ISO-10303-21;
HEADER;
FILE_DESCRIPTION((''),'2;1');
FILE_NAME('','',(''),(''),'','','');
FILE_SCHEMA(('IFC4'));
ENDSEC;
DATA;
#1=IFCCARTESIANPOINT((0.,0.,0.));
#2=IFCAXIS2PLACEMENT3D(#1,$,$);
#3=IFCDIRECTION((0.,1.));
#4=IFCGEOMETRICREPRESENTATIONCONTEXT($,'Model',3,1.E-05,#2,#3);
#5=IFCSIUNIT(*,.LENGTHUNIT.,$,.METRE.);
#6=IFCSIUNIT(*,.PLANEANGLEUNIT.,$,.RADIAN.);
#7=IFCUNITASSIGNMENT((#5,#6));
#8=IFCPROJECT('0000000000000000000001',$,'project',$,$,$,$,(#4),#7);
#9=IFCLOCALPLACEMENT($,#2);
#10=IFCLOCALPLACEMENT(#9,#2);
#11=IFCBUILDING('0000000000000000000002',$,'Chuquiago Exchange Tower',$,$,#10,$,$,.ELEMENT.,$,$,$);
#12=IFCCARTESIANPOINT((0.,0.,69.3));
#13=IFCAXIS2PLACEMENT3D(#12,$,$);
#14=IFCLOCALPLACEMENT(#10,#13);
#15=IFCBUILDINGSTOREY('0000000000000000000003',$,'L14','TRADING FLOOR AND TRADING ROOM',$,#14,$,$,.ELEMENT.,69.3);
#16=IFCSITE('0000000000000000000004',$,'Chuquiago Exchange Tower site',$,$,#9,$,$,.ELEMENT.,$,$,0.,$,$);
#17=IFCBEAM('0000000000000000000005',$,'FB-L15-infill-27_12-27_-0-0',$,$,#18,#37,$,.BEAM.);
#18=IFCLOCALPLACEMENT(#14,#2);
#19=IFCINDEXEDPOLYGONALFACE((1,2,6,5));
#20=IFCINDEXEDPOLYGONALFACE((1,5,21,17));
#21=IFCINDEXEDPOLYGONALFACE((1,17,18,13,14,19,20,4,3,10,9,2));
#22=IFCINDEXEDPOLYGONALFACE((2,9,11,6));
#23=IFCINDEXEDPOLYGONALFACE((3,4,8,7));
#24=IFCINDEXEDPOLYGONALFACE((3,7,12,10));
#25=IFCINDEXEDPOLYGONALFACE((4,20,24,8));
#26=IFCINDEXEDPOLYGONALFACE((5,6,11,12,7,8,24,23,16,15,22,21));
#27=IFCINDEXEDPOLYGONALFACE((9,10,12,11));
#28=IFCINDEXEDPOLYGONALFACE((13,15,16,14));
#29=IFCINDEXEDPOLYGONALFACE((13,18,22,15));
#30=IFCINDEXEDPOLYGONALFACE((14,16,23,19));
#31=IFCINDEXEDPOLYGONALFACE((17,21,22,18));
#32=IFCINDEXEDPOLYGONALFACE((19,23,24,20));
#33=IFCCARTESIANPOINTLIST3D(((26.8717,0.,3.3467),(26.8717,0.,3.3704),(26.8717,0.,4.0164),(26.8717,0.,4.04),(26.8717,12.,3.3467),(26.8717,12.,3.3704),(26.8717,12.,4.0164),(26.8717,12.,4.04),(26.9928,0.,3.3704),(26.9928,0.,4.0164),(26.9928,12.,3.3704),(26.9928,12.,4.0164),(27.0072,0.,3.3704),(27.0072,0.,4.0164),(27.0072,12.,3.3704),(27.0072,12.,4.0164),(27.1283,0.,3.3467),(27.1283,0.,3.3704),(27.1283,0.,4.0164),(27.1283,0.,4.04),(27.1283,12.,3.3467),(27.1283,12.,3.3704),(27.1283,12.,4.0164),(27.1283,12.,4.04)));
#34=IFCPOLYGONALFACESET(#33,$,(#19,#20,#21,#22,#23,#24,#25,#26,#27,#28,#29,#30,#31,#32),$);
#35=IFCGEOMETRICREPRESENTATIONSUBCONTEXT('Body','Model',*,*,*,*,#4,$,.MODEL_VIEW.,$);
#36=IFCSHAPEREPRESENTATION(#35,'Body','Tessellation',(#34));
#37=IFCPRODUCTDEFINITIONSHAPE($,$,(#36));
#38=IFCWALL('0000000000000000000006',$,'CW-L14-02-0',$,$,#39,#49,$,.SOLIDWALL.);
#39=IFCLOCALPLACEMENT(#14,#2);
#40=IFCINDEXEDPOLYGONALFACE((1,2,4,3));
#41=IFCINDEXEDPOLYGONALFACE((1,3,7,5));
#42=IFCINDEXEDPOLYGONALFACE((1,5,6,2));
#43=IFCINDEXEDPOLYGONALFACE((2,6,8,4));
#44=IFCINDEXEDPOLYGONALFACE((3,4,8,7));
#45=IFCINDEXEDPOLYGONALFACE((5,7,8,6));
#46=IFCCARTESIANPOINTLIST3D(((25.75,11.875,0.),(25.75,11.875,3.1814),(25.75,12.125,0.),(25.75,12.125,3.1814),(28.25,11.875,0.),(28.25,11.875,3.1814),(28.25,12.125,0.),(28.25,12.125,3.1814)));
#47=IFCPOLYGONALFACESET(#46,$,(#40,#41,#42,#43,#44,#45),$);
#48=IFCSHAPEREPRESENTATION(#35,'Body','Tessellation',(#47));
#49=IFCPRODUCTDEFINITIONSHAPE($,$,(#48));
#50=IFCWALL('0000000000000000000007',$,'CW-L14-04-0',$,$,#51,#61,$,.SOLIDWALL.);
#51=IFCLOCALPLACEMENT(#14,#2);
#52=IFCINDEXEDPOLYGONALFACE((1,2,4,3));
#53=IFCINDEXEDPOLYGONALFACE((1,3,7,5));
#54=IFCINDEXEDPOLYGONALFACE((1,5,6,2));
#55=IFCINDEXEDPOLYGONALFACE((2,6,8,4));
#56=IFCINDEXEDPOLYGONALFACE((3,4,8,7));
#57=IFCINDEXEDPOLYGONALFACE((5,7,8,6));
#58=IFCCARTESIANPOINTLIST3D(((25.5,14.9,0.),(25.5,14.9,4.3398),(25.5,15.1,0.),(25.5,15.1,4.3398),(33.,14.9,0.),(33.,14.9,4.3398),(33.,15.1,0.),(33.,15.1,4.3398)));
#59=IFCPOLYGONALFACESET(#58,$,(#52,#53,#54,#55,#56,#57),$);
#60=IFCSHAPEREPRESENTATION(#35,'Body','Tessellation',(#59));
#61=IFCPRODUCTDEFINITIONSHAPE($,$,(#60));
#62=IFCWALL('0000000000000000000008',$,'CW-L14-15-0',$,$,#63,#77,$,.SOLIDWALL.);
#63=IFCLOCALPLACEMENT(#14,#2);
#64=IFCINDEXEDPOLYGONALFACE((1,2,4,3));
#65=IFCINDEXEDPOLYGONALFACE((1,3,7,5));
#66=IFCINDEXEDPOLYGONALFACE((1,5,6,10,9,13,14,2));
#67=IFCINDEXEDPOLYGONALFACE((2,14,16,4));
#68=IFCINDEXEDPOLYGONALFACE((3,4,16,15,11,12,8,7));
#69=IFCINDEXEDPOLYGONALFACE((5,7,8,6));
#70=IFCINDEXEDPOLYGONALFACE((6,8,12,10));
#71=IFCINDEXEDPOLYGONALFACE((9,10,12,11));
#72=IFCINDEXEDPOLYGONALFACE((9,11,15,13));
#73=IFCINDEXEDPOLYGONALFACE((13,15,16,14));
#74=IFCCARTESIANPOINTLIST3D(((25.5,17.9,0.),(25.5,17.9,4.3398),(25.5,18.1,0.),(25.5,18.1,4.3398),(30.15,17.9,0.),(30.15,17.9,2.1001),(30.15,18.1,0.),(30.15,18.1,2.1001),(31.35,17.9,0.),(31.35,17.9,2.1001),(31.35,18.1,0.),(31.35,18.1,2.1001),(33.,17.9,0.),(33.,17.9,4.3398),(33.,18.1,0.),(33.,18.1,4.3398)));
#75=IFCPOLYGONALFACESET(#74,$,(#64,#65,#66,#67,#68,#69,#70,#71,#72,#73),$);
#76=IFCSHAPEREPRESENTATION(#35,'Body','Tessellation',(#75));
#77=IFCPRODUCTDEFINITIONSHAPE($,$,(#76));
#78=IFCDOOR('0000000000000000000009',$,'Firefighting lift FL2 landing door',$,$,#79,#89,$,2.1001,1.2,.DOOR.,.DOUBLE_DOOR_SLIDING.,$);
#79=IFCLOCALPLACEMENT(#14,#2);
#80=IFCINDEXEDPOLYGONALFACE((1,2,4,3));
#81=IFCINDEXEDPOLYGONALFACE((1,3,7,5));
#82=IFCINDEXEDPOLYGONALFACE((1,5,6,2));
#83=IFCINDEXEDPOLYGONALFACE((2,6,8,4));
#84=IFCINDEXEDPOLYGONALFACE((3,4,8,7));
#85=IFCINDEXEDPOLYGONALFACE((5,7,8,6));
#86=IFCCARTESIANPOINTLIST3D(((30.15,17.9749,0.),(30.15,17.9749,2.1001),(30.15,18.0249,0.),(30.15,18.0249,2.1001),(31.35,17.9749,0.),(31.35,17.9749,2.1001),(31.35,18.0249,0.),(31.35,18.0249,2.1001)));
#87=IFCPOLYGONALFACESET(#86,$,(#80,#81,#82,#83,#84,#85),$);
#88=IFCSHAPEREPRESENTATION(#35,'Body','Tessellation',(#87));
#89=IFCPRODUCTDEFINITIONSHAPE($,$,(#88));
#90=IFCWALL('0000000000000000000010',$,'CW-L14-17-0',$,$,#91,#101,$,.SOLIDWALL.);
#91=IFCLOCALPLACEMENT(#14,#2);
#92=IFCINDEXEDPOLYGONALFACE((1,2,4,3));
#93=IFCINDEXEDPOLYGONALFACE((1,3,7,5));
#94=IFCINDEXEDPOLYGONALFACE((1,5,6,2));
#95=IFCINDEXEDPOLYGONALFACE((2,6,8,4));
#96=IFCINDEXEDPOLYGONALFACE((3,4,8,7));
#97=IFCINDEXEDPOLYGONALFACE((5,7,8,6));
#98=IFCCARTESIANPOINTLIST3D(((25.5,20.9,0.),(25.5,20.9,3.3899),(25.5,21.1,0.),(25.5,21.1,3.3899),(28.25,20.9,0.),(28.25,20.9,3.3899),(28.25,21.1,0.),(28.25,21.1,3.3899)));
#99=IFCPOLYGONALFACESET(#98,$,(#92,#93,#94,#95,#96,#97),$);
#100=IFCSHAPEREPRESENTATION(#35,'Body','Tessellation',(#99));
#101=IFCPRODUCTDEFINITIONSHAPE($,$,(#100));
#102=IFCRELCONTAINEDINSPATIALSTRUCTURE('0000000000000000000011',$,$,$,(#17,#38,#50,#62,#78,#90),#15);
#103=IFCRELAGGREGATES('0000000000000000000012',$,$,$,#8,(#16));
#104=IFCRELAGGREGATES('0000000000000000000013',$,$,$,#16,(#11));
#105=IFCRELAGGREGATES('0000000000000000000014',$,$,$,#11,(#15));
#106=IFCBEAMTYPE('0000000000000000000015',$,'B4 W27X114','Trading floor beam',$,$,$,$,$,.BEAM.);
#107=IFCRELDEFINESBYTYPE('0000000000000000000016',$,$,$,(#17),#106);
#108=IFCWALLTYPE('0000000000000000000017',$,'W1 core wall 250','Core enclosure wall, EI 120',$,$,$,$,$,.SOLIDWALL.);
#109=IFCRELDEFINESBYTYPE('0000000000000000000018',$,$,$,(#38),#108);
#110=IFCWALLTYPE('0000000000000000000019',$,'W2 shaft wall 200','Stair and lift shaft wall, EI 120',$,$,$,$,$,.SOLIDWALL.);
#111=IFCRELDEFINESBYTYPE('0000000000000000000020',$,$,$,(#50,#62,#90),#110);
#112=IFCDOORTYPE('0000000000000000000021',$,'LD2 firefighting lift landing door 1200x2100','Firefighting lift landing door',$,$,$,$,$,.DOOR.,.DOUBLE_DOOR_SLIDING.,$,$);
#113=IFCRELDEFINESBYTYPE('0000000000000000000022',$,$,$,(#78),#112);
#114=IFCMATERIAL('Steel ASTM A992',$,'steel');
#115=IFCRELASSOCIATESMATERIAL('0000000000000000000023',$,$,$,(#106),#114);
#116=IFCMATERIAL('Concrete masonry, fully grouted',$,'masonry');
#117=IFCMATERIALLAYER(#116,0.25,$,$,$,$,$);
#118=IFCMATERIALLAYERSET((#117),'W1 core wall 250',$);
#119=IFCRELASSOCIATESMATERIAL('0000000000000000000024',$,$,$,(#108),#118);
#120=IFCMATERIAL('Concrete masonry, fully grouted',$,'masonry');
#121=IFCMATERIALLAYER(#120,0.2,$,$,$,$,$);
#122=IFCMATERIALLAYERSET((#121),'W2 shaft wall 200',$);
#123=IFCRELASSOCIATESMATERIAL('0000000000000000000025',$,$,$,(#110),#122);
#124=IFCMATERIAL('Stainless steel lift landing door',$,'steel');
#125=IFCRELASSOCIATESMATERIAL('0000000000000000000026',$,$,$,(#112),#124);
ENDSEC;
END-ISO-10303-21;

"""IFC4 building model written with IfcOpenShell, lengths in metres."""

from ifc_helpers import new_model, si_unit, direction, frame, frame_2d, origin, origin_2d, place, context, subcontext, project, spatial, rectangle, i_section, extrude, material, layer, layer_set, material_profile, profile_set, type_object, element, fill, save


model = new_model("IFC4")

# Units and contexts
model_context = context("Model", 3, precision=1e-05, world=origin(), true_north=direction((0.0, 1.0)))
body_context = subcontext(model_context, "Body", "Model", "MODEL_VIEW")
ifc_project = project(units=[si_unit("LENGTHUNIT", "METRE"), si_unit("PLANEANGLEUNIT", "RADIAN")], contexts=[model_context])

# Site, building, storey
site_placement = place(None, origin())
site = spatial("IfcSite", under=ifc_project, at=site_placement, Name="Chuquiago Exchange Tower site", CompositionType="ELEMENT", RefElevation=0.0)
building_placement = place(site_placement, origin())
building = spatial("IfcBuilding", under=site, at=building_placement, Name="Chuquiago Exchange Tower", CompositionType="ELEMENT")
storey_placement = place(building_placement, frame((0.0, 0.0, 69.3)))
storey = spatial("IfcBuildingStorey", under=building, at=storey_placement, Name="L14", Description="TRADING FLOOR AND TRADING ROOM", CompositionType="ELEMENT", Elevation=69.3)

# Beam
ifc_material_1 = material(Name="Steel ASTM A992", Category="steel")
ifc_material_profile_1 = material_profile(ifc_material_1, i_section(OverallWidth=0.2566, OverallDepth=0.6934, WebThickness=0.0144, FlangeThickness=0.0237, at=origin_2d()), Name="W27X114")
ifc_profile_set_1 = profile_set([ifc_material_profile_1], Name="Steel ASTM A992")
beam_type_1 = type_object("IfcBeamType", Name="B4 W27X114", Description="Trading floor beam", PredefinedType="BEAM", material=ifc_profile_set_1)
for number, where, z_axis, x_axis, name in (
    (1, (27.0, 12.0, 3.6934), (0.0, -1.0, 0.0), (1.0, 0.0, 0.0), "FB-L15-infill-27_12-27_-0-0"),
):
    element("IfcBeam", number, at=place(storey_placement, frame(where, z_axis=z_axis, x_axis=x_axis)), inside=storey, type_object=beam_type_1, Name=name, PredefinedType="BEAM", context=body_context, shape_type="SweptSolid", body=[
        extrude(i_section(OverallWidth=0.2566, OverallDepth=0.6934, WebThickness=0.0144, FlangeThickness=0.0237, at=origin_2d()), origin(), (0.0, 0.0, 1.0), 12.0),
    ])

# Walls
ifc_material_2 = material(Name="Concrete masonry, fully grouted", Category="masonry")
ifc_layer_1 = layer(ifc_material_2, 0.25)
ifc_layer_set_1 = layer_set([ifc_layer_1], Name="W1 core wall 250")
wall_type_1 = type_object("IfcWallType", Name="W1 core wall 250", Description="Core enclosure wall, EI 120", PredefinedType="SOLIDWALL", material=ifc_layer_set_1)
wall_1_placement = place(storey_placement, frame((25.75, 12.0, 0.0), z_axis=(0.0, 0.0, 1.0), x_axis=(1.0, 0.0, 0.0)))
element("IfcWall", 2, at=wall_1_placement, inside=storey, type_object=wall_type_1, Name="CW-L14-02-0", PredefinedType="SOLIDWALL", context=body_context, shape_type="SweptSolid", body=[
    extrude(rectangle(XDim=2.5, YDim=0.25, at=frame_2d((1.25, 0.0))), origin(), (0.0, 0.0, 1.0), 3.1814),
])
ifc_material_3 = material(Name="Concrete masonry, fully grouted", Category="masonry")
ifc_layer_2 = layer(ifc_material_3, 0.2)
ifc_layer_set_2 = layer_set([ifc_layer_2], Name="W2 shaft wall 200")
wall_type_2 = type_object("IfcWallType", Name="W2 shaft wall 200", Description="Stair and lift shaft wall, EI 120", PredefinedType="SOLIDWALL", material=ifc_layer_set_2)
wall_2_placement = place(storey_placement, frame((25.5, 15.0, 0.0), z_axis=(0.0, 0.0, 1.0), x_axis=(1.0, 0.0, 0.0)))
element("IfcWall", 3, at=wall_2_placement, inside=storey, type_object=wall_type_2, Name="CW-L14-04-0", PredefinedType="SOLIDWALL", context=body_context, shape_type="SweptSolid", body=[
    extrude(rectangle(XDim=7.5, YDim=0.2, at=frame_2d((3.75, 0.0))), origin(), (0.0, 0.0, 1.0), 4.3398),
])

# Wall, opening, door
wall_3_placement = place(storey_placement, frame((25.5, 18.0, 0.0), z_axis=(0.0, 0.0, 1.0), x_axis=(1.0, 0.0, 0.0)))
wall_3 = element("IfcWall", 4, at=wall_3_placement, inside=storey, type_object=wall_type_2, Name="CW-L14-15-0", PredefinedType="SOLIDWALL", context=body_context, shape_type="SweptSolid", body=[
    extrude(rectangle(XDim=7.5, YDim=0.2, at=frame_2d((3.75, 0.0))), origin(), (0.0, 0.0, 1.0), 4.3398),
])
opening_1_placement = place(wall_3_placement, frame((4.6499, 0.0, 0.0)))
opening_1 = element("IfcOpeningElement", 5, at=opening_1_placement, cuts=wall_3, PredefinedType="OPENING", context=body_context, shape_type="SweptSolid", body=[
    extrude(rectangle(XDim=1.2, YDim=2.1001, at=frame_2d((0.6001, 1.05))), frame((0.0, 0.1099, 0.0), z_axis=(0.0, -1.0, 0.0), x_axis=(1.0, 0.0, 0.0)), (0.0, 0.0, 1.0), 0.22),
])
ifc_material_4 = material(Name="Stainless steel lift landing door", Category="steel")
door_type_1 = type_object("IfcDoorType", Name="LD2 firefighting lift landing door 1200x2100", Description="Firefighting lift landing door", OperationType="DOUBLE_DOOR_SLIDING", PredefinedType="DOOR", material=ifc_material_4)
door_1_placement = place(opening_1_placement, origin())
door_1 = element("IfcDoor", 6, at=door_1_placement, inside=storey, type_object=door_type_1, Name="Firefighting lift FL2 landing door", OperationType="DOUBLE_DOOR_SLIDING", OverallHeight=2.1001, OverallWidth=1.2, PredefinedType="DOOR", context=body_context, shape_type="SweptSolid", body=[
    extrude(rectangle(XDim=1.2, YDim=2.1001, at=frame_2d((0.6001, 1.05))), frame((0.0, 0.0249, 0.0), z_axis=(0.0, -1.0, 0.0), x_axis=(1.0, 0.0, 0.0)), (0.0, 0.0, 1.0), 0.05),
])
fill(opening_1, door_1)

# Wall
wall_4_placement = place(storey_placement, frame((25.5, 21.0, 0.0), z_axis=(0.0, 0.0, 1.0), x_axis=(1.0, 0.0, 0.0)))
element("IfcWall", 7, at=wall_4_placement, inside=storey, type_object=wall_type_2, Name="CW-L14-17-0", PredefinedType="SOLIDWALL", context=body_context, shape_type="SweptSolid", body=[
    extrude(rectangle(XDim=2.75, YDim=0.2, at=frame_2d((1.375, 0.0))), origin(), (0.0, 0.0, 1.0), 3.3899),
])

save(model, "model.ifc")
